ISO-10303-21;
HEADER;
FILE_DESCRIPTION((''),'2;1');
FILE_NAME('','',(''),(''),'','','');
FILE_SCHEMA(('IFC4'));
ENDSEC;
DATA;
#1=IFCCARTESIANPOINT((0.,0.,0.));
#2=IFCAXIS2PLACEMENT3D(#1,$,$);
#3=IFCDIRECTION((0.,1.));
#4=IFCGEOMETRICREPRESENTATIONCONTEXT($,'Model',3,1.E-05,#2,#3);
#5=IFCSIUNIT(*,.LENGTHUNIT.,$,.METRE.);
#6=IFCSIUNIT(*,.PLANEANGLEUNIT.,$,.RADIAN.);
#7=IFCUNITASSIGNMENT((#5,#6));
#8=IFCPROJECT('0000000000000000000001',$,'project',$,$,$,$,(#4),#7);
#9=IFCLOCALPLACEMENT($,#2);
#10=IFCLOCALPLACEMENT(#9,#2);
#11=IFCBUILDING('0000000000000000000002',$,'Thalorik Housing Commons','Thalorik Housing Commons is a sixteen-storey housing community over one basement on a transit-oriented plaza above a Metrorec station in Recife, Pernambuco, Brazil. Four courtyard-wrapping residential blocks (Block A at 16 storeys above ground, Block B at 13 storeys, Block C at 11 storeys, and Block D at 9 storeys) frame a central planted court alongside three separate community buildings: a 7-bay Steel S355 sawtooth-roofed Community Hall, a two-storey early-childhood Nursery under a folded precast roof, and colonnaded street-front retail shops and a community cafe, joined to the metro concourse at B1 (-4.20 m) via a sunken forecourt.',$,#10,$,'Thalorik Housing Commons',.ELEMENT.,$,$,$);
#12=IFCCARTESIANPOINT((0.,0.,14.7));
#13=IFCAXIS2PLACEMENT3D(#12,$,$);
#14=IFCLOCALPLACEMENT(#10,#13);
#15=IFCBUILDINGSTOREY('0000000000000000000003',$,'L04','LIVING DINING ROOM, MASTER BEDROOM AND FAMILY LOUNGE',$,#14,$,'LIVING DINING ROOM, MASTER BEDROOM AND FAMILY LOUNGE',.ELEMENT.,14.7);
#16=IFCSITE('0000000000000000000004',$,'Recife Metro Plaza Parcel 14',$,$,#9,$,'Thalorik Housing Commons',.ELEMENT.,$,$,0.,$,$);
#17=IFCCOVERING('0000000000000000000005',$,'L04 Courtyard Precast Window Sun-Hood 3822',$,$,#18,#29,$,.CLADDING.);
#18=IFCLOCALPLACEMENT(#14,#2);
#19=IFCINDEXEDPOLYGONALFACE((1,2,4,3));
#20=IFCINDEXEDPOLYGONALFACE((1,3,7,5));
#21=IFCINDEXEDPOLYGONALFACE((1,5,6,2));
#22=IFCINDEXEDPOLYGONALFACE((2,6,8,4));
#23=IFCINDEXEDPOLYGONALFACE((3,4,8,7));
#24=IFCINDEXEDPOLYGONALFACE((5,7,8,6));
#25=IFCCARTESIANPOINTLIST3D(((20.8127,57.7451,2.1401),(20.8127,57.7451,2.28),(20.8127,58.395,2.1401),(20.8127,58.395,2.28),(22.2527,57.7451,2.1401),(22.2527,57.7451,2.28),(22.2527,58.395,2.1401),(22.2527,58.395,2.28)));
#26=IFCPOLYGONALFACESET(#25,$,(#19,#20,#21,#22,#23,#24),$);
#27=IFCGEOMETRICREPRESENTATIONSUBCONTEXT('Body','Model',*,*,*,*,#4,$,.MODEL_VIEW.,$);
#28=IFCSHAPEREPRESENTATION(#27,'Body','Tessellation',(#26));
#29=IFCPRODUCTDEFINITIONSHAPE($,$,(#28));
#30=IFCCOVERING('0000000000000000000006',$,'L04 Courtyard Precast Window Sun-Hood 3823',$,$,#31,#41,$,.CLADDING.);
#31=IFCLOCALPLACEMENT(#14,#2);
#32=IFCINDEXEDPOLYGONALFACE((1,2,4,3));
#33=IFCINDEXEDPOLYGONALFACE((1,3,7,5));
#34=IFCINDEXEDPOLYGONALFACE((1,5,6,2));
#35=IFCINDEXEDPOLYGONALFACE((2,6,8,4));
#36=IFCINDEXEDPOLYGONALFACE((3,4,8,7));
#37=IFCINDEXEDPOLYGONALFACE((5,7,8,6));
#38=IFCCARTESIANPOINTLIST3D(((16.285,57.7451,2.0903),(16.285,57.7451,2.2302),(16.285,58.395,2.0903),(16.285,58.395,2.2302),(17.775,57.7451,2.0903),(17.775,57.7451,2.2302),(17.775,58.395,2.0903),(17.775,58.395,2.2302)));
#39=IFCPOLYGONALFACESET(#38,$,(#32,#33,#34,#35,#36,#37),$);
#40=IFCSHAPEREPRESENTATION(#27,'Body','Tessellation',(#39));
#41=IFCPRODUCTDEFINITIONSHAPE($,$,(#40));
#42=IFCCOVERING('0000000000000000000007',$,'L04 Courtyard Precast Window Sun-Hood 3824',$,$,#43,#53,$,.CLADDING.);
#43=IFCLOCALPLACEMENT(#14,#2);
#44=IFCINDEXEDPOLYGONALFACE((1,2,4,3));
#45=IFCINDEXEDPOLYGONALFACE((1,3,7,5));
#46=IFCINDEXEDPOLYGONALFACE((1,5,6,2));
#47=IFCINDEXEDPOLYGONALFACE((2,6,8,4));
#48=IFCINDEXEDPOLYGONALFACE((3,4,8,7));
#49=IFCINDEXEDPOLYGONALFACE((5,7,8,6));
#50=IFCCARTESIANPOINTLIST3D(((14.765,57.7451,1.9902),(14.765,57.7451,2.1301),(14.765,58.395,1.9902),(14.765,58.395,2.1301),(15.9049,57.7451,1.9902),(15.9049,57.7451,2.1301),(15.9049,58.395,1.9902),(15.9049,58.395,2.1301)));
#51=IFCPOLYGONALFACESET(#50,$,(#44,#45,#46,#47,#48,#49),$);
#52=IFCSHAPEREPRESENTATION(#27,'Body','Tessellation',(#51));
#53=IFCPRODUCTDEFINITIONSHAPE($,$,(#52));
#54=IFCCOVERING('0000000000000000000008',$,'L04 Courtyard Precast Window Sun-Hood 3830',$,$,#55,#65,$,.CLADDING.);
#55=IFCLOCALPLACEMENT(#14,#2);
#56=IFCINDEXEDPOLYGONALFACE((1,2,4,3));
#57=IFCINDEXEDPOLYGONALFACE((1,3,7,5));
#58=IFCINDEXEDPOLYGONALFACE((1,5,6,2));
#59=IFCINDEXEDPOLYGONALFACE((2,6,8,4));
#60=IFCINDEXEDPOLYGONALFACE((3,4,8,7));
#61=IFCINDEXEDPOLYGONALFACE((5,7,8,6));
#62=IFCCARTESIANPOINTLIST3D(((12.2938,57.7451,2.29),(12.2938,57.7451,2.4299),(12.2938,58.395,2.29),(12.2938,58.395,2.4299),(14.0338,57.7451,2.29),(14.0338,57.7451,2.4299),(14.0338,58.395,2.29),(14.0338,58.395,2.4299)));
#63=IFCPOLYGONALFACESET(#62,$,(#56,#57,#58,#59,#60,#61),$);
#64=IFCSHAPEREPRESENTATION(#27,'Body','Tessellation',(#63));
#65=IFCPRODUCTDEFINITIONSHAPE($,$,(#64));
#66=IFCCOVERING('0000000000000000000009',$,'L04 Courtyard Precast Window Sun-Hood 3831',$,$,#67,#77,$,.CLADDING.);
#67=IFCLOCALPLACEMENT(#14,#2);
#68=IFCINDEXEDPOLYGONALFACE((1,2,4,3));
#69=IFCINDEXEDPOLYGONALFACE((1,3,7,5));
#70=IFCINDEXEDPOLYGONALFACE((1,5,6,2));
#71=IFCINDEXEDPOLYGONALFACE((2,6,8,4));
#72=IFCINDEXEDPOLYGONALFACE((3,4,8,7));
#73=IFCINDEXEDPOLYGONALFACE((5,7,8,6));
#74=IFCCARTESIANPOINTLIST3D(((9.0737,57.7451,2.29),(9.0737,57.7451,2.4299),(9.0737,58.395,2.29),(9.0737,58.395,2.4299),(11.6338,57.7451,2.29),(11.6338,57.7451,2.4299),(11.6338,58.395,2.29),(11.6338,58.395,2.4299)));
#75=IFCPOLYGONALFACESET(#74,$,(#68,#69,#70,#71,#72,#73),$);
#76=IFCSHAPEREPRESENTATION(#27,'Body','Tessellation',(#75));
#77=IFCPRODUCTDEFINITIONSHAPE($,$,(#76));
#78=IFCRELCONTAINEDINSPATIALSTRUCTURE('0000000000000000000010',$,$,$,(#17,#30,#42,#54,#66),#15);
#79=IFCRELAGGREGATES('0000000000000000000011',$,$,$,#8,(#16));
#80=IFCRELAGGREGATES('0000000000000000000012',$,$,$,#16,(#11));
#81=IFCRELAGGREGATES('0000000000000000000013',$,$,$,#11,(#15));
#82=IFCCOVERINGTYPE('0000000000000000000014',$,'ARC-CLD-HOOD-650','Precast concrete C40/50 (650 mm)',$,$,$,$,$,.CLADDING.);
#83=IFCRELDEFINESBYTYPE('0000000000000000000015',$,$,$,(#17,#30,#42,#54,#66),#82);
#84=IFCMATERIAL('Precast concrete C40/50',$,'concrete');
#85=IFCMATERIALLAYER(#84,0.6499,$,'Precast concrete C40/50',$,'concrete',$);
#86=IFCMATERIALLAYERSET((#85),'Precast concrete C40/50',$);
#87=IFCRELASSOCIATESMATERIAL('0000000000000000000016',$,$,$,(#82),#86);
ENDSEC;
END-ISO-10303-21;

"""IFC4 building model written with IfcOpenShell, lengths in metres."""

from ifc_helpers import new_model, si_unit, direction, frame, origin, origin_2d, place, context, subcontext, project, spatial, rectangle, extrude, material, layer, layer_set, type_object, element, save


model = new_model("IFC4")

# Units and contexts
model_context = context("Model", 3, precision=1e-05, world=origin(), true_north=direction((0.0, 1.0)))
body_context = subcontext(model_context, "Body", "Model", "MODEL_VIEW")
ifc_project = project(units=[si_unit("LENGTHUNIT", "METRE"), si_unit("PLANEANGLEUNIT", "RADIAN")], contexts=[model_context])

# Site, building, storey
site_placement = place(None, origin())
site = spatial("IfcSite", under=ifc_project, at=site_placement, Name="Recife Metro Plaza Parcel 14", LongName="Thalorik Housing Commons", CompositionType="ELEMENT", RefElevation=0.0)
building_placement = place(site_placement, origin())
building = spatial("IfcBuilding", under=site, at=building_placement, Name="Thalorik Housing Commons", Description="Thalorik Housing Commons is a sixteen-storey housing community over one basement on a transit-oriented plaza above a Metrorec station in Recife, Pernambuco, Brazil. Four courtyard-wrapping residential blocks (Block A at 16 storeys above ground, Block B at 13 storeys, Block C at 11 storeys, and Block D at 9 storeys) frame a central planted court alongside three separate community buildings: a 7-bay Steel S355 sawtooth-roofed Community Hall, a two-storey early-childhood Nursery under a folded precast roof, and colonnaded street-front retail shops and a community cafe, joined to the metro concourse at B1 (-4.20 m) via a sunken forecourt.", LongName="Thalorik Housing Commons", CompositionType="ELEMENT")
storey_placement = place(building_placement, frame((0.0, 0.0, 14.7)))
storey = spatial("IfcBuildingStorey", under=building, at=storey_placement, Name="L04", Description="LIVING DINING ROOM, MASTER BEDROOM AND FAMILY LOUNGE", LongName="LIVING DINING ROOM, MASTER BEDROOM AND FAMILY LOUNGE", CompositionType="ELEMENT", Elevation=14.7)

# Shared definitions
ifc_material_1 = material(Name="Precast concrete C40/50", Category="concrete")

# Coverings
ifc_layer_1 = layer(ifc_material_1, 0.6499, Name="Precast concrete C40/50", Category="concrete")
ifc_layer_set_1 = layer_set([ifc_layer_1], Name="Precast concrete C40/50")
covering_type_1 = type_object("IfcCoveringType", Name="ARC-CLD-HOOD-650", Description="Precast concrete C40/50 (650 mm)", PredefinedType="CLADDING", material=ifc_layer_set_1)
covering_1_placement = place(storey_placement, frame((21.5327, 58.0701, 2.1401), z_axis=(0.0, 0.0, 1.0), x_axis=(-1.0, 0.0, 0.0)))
element("IfcCovering", 1, at=covering_1_placement, inside=storey, type_object=covering_type_1, Name="L04 Courtyard Precast Window Sun-Hood 3822", PredefinedType="CLADDING", context=body_context, shape_type="SweptSolid", body=[
    extrude(rectangle(XDim=1.4399, YDim=0.6499, at=origin_2d()), origin(), (0.0, 0.0, 1.0), 0.1399),
])
covering_2_placement = place(storey_placement, frame((17.03, 58.0701, 2.0903), z_axis=(0.0, 0.0, 1.0), x_axis=(-1.0, 0.0, 0.0)))
element("IfcCovering", 2, at=covering_2_placement, inside=storey, type_object=covering_type_1, Name="L04 Courtyard Precast Window Sun-Hood 3823", PredefinedType="CLADDING", context=body_context, shape_type="SweptSolid", body=[
    extrude(rectangle(XDim=1.49, YDim=0.6499, at=origin_2d()), origin(), (0.0, 0.0, 1.0), 0.1399),
])
covering_3_placement = place(storey_placement, frame((15.335, 58.0701, 1.9902), z_axis=(0.0, 0.0, 1.0), x_axis=(-1.0, 0.0, 0.0)))
element("IfcCovering", 3, at=covering_3_placement, inside=storey, type_object=covering_type_1, Name="L04 Courtyard Precast Window Sun-Hood 3824", PredefinedType="CLADDING", context=body_context, shape_type="SweptSolid", body=[
    extrude(rectangle(XDim=1.1399, YDim=0.6499, at=origin_2d()), origin(), (0.0, 0.0, 1.0), 0.1399),
])
covering_4_placement = place(storey_placement, frame((13.1638, 58.0701, 2.29), z_axis=(0.0, 0.0, 1.0), x_axis=(-1.0, 0.0, 0.0)))
element("IfcCovering", 4, at=covering_4_placement, inside=storey, type_object=covering_type_1, Name="L04 Courtyard Precast Window Sun-Hood 3830", PredefinedType="CLADDING", context=body_context, shape_type="SweptSolid", body=[
    extrude(rectangle(XDim=1.74, YDim=0.6499, at=origin_2d()), origin(), (0.0, 0.0, 1.0), 0.1399),
])
covering_5_placement = place(storey_placement, frame((10.3538, 58.0701, 2.29), z_axis=(0.0, 0.0, 1.0), x_axis=(-1.0, 0.0, 0.0)))
element("IfcCovering", 5, at=covering_5_placement, inside=storey, type_object=covering_type_1, Name="L04 Courtyard Precast Window Sun-Hood 3831", PredefinedType="CLADDING", context=body_context, shape_type="SweptSolid", body=[
    extrude(rectangle(XDim=2.5601, YDim=0.6499, at=origin_2d()), origin(), (0.0, 0.0, 1.0), 0.1399),
])

save(model, "model.ifc")
